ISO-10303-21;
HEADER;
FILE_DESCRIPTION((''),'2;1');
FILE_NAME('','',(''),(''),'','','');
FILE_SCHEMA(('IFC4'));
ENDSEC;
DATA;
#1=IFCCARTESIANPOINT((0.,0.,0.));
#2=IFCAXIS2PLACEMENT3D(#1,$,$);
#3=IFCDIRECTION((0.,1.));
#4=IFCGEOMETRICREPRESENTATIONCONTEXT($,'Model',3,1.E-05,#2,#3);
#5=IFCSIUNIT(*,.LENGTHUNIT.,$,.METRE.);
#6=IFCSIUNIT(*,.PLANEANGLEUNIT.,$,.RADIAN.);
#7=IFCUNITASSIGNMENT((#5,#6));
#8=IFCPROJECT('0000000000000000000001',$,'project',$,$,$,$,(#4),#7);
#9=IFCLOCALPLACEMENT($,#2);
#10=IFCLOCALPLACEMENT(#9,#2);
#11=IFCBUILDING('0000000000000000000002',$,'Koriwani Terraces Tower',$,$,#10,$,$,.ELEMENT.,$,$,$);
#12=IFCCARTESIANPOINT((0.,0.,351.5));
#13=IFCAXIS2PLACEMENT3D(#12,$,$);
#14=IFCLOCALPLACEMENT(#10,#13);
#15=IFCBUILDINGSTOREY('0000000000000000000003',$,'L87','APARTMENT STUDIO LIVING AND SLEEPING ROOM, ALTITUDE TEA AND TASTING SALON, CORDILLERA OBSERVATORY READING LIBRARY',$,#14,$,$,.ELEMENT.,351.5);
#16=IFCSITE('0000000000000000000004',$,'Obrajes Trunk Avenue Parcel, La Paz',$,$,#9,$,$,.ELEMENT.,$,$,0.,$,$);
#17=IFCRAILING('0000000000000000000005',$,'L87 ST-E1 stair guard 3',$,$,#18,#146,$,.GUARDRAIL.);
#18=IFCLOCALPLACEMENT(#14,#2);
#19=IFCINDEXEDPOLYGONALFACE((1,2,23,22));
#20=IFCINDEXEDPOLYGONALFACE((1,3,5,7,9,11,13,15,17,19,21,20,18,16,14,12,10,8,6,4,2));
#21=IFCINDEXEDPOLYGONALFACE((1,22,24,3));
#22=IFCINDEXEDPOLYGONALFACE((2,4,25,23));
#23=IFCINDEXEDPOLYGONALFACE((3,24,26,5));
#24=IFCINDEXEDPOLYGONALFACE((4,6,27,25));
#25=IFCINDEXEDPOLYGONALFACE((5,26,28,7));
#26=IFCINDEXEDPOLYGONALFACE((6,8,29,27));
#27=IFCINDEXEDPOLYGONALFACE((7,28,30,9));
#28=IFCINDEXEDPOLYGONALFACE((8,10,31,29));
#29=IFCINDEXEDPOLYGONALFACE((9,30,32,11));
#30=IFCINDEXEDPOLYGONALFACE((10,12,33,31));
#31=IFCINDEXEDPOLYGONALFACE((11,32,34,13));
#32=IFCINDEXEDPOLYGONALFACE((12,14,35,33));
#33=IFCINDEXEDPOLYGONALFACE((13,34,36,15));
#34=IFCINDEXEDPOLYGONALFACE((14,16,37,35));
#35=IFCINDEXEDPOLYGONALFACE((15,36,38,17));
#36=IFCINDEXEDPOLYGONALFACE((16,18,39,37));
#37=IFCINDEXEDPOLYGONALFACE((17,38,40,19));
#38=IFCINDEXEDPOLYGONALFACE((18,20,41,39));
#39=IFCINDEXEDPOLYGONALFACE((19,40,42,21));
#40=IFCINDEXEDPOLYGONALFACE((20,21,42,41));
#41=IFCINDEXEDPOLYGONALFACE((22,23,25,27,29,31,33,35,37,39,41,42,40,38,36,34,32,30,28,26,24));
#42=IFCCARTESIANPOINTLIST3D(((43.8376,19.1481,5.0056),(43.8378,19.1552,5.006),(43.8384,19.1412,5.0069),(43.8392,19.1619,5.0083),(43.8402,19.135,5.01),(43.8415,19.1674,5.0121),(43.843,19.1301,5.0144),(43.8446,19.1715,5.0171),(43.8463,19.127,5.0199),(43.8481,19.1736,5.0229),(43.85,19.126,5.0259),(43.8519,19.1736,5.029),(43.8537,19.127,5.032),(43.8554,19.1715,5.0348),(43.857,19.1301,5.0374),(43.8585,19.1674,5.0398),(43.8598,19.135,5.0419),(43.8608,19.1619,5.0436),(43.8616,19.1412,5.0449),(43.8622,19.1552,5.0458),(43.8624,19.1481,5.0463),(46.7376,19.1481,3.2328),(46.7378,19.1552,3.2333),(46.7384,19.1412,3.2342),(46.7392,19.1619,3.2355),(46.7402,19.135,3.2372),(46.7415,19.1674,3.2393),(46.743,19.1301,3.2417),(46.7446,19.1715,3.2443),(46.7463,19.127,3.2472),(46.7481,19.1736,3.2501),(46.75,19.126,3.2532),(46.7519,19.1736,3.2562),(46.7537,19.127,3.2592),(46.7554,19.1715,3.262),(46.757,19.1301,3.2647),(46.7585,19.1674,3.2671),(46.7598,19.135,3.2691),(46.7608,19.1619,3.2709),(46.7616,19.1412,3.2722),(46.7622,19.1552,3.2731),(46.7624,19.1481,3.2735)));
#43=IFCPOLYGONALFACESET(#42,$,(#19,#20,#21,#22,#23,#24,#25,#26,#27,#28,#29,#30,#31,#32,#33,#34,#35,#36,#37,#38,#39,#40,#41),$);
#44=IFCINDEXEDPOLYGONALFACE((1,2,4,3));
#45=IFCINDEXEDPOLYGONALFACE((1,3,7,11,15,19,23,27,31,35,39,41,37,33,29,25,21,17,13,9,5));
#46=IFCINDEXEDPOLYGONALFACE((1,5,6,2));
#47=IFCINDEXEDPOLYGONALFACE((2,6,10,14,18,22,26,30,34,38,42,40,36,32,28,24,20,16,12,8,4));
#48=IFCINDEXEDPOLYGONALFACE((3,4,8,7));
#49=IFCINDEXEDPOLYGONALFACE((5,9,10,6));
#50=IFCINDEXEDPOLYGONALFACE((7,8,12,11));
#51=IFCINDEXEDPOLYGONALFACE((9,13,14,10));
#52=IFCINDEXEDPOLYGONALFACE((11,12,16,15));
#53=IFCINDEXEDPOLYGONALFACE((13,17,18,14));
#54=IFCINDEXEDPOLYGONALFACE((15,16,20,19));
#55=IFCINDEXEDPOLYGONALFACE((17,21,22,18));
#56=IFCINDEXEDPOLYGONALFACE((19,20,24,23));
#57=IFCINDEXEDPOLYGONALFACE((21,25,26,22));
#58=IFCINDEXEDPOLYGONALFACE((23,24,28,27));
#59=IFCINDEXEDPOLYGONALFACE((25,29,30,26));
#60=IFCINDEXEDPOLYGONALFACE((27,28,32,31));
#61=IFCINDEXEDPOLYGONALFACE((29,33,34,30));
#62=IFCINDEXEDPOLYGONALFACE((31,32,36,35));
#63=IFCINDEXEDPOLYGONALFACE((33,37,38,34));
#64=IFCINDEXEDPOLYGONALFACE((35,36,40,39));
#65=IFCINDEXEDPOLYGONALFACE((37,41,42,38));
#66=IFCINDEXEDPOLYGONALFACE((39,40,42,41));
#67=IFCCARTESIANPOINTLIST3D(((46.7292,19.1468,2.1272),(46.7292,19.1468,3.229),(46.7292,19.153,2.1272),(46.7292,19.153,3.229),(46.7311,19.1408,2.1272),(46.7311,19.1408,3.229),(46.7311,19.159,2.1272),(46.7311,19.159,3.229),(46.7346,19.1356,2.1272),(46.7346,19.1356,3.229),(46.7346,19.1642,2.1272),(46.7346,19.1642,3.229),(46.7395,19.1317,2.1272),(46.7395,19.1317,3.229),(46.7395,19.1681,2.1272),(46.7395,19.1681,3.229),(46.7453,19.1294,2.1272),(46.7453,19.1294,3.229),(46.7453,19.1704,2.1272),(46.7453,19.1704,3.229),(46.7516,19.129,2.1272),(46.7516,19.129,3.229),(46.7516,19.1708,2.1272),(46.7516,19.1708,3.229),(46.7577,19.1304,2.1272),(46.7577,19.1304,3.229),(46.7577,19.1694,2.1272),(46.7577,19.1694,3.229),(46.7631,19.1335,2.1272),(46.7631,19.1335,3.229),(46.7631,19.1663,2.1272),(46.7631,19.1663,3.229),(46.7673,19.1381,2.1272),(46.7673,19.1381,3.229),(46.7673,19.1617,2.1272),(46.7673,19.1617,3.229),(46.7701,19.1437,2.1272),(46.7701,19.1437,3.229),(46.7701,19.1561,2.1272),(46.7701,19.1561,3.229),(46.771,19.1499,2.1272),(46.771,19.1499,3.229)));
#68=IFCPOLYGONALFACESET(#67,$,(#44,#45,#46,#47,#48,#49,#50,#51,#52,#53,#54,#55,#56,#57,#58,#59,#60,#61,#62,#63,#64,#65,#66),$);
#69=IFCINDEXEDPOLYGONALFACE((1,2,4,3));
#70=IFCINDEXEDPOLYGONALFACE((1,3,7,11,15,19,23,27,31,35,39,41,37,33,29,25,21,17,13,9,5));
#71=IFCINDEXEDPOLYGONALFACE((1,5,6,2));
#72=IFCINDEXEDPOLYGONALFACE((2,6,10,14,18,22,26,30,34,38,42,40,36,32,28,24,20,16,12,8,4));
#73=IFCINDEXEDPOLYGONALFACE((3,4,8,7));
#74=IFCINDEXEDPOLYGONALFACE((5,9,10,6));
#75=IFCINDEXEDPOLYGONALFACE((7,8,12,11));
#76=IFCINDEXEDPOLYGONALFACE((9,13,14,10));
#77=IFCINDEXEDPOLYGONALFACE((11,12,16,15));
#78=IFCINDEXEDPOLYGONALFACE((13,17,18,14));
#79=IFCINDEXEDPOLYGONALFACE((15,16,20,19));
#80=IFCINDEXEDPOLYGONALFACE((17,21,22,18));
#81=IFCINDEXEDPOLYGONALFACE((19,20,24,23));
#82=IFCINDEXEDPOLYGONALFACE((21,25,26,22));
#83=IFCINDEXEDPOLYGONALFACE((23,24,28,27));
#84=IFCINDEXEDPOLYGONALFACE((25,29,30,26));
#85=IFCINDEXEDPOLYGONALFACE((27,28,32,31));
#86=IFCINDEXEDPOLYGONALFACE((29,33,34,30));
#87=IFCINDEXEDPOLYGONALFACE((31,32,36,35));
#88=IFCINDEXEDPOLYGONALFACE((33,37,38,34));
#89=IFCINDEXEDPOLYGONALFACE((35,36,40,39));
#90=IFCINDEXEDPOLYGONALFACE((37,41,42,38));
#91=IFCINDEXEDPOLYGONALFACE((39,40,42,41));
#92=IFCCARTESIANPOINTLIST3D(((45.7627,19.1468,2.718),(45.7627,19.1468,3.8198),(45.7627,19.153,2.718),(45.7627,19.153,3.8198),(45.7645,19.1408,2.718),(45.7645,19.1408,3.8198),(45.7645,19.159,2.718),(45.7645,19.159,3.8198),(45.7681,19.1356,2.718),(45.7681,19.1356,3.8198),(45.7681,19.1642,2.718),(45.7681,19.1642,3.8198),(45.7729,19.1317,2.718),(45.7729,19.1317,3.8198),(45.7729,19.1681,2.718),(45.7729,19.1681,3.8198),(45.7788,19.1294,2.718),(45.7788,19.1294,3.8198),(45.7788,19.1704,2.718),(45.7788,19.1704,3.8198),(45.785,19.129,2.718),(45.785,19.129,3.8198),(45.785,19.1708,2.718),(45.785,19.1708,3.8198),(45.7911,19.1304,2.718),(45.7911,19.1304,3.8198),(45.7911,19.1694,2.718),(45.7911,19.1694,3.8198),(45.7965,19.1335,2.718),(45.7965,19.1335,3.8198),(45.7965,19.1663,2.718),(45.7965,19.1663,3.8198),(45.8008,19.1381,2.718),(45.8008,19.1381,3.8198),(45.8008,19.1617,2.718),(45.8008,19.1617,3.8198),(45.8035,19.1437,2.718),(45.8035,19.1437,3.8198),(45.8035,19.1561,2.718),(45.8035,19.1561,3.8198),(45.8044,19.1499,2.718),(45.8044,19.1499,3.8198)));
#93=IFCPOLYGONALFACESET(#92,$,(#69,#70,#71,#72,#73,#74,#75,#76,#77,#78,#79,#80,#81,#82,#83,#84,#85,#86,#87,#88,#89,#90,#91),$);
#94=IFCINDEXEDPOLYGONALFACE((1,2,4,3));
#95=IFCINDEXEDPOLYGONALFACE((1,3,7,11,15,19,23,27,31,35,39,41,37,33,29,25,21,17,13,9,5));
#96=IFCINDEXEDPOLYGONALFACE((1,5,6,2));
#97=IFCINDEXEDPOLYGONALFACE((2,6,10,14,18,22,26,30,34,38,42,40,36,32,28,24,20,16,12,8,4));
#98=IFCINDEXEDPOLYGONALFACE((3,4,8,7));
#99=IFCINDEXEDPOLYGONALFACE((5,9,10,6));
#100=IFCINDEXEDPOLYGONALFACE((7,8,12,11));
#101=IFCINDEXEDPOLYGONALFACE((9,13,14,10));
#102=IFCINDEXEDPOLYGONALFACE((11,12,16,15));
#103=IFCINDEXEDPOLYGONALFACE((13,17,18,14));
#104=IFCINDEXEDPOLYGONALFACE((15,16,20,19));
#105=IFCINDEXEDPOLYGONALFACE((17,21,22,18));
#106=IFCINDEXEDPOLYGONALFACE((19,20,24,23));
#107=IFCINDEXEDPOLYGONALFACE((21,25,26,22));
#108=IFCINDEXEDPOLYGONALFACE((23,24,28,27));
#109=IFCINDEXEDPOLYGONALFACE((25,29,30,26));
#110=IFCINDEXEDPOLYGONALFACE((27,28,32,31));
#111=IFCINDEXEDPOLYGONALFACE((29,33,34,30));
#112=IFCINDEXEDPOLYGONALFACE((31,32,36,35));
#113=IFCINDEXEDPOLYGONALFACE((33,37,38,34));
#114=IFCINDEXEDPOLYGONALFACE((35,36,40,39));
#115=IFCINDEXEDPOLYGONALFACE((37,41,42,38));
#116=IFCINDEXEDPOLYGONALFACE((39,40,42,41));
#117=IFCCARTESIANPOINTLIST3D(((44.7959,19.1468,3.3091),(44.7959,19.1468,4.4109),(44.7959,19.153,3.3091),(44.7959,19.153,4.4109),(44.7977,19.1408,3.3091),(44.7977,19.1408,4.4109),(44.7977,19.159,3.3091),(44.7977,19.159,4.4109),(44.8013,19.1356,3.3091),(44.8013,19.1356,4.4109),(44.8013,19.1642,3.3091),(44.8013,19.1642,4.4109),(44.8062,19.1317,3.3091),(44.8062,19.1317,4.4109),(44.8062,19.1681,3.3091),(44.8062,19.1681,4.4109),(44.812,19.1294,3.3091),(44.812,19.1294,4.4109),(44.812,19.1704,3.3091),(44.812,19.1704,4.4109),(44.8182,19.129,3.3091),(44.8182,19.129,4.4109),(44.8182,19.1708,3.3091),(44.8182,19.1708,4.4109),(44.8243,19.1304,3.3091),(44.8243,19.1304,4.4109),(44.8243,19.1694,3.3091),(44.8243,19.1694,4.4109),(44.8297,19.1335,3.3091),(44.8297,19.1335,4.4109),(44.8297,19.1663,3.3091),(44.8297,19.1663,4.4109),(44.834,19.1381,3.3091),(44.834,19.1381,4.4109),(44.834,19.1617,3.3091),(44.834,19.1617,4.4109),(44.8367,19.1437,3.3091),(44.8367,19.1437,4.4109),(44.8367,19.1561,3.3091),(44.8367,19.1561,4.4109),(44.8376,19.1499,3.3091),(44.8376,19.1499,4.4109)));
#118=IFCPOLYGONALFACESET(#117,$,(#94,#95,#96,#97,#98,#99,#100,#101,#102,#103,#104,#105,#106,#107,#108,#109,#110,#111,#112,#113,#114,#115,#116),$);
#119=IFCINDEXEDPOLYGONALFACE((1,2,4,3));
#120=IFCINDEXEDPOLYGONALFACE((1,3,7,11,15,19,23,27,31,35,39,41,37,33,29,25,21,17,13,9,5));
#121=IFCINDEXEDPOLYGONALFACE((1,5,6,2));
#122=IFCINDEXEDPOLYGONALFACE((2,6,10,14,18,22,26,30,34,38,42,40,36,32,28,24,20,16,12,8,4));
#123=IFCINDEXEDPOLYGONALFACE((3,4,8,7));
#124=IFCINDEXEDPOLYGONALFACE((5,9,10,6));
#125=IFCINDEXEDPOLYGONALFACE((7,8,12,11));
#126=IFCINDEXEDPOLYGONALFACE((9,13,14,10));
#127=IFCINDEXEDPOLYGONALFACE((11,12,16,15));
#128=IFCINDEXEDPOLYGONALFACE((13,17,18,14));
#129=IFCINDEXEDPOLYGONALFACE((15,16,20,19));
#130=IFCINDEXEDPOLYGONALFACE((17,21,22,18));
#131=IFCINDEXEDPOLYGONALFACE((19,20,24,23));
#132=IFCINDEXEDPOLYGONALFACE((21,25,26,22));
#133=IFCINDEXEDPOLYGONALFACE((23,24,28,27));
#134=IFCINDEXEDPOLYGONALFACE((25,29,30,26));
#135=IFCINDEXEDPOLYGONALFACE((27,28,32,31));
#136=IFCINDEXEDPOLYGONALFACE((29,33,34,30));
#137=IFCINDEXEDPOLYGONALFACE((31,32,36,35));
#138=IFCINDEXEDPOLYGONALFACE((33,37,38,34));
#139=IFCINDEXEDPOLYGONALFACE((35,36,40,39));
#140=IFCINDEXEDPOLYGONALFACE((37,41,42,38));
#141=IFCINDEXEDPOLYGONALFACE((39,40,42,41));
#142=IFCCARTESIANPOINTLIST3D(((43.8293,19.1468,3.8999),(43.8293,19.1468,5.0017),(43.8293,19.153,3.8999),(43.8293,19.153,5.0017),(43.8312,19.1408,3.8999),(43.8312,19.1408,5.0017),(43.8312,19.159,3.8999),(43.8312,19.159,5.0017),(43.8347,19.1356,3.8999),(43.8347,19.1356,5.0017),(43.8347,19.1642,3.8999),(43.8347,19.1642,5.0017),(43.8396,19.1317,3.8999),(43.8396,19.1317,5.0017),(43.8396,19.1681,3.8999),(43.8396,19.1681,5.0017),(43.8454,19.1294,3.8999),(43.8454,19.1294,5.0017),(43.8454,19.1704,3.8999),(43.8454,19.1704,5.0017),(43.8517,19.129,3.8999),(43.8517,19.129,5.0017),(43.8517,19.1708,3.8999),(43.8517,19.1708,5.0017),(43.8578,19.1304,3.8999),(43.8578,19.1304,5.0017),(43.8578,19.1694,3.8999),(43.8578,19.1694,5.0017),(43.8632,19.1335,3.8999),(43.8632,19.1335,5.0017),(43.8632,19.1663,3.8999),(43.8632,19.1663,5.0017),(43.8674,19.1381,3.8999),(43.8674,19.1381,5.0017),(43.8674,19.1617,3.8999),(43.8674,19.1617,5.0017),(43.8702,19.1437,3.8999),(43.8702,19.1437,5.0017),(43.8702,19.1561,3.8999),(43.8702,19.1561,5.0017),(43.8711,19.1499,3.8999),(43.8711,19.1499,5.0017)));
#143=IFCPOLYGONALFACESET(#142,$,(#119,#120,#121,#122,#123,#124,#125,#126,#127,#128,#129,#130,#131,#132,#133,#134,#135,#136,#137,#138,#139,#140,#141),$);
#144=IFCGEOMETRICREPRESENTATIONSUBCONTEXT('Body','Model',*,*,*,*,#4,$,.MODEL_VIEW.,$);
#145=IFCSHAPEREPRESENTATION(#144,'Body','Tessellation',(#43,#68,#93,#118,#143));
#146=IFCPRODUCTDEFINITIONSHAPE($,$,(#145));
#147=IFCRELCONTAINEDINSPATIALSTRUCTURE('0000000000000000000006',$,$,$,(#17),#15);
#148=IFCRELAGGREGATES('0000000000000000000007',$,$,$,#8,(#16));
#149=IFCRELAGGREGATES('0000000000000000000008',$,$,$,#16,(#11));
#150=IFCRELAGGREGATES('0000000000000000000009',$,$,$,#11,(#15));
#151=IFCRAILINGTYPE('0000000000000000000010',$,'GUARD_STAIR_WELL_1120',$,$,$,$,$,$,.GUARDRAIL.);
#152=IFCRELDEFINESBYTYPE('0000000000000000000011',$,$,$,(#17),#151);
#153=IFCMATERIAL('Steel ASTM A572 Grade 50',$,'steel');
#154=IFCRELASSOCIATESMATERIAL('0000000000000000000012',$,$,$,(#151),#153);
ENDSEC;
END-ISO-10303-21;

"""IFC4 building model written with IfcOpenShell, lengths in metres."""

from ifc_helpers import new_model, si_unit, direction, frame, origin, origin_2d, place, context, subcontext, project, spatial, circle, extrude, material, type_object, element, save


model = new_model("IFC4")

# Units and contexts
model_context = context("Model", 3, precision=1e-05, world=origin(), true_north=direction((0.0, 1.0)))
body_context = subcontext(model_context, "Body", "Model", "MODEL_VIEW")
ifc_project = project(units=[si_unit("LENGTHUNIT", "METRE"), si_unit("PLANEANGLEUNIT", "RADIAN")], contexts=[model_context])

# Site, building, storey
site_placement = place(None, origin())
site = spatial("IfcSite", under=ifc_project, at=site_placement, Name="Obrajes Trunk Avenue Parcel, La Paz", CompositionType="ELEMENT", RefElevation=0.0)
building_placement = place(site_placement, origin())
building = spatial("IfcBuilding", under=site, at=building_placement, Name="Koriwani Terraces Tower", CompositionType="ELEMENT")
storey_placement = place(building_placement, frame((0.0, 0.0, 351.5)))
storey = spatial("IfcBuildingStorey", under=building, at=storey_placement, Name="L87", Description="APARTMENT STUDIO LIVING AND SLEEPING ROOM, ALTITUDE TEA AND TASTING SALON, CORDILLERA OBSERVATORY READING LIBRARY", CompositionType="ELEMENT", Elevation=351.5)

# Shared definitions
ifc_material_1 = material(Name="Steel ASTM A572 Grade 50", Category="steel")

# Railing
railing_type_1 = type_object("IfcRailingType", Name="GUARD_STAIR_WELL_1120", PredefinedType="GUARDRAIL", material=ifc_material_1)
railing_1_placement = place(storey_placement, frame((46.75, 19.1499, 2.1272)))
element("IfcRailing", 1, at=railing_1_placement, inside=storey, type_object=railing_type_1, Name="L87 ST-E1 stair guard 3", PredefinedType="GUARDRAIL", context=body_context, shape_type="SweptSolid", body=[
    extrude(circle(Radius=0.0239, at=origin_2d()), frame((0.0, 0.0, 1.126), z_axis=(-0.853211, 0.0, 0.521566), x_axis=(0.0, -1.0, 0.0)), (0.0, 0.0, 1.0), 3.3989),
    extrude(circle(Radius=0.021, at=origin_2d()), origin(), (0.0, 0.0, 1.0), 1.1018),
    extrude(circle(Radius=0.021, at=origin_2d()), frame((-0.9666, 0.0, 0.5908)), (0.0, 0.0, 1.0), 1.1018),
    extrude(circle(Radius=0.021, at=origin_2d()), frame((-1.9333, 0.0, 1.1819)), (0.0, 0.0, 1.0), 1.1018),
    extrude(circle(Radius=0.021, at=origin_2d()), frame((-2.8999, 0.0, 1.7727)), (0.0, 0.0, 1.0), 1.1018),
])

save(model, "model.ifc")
